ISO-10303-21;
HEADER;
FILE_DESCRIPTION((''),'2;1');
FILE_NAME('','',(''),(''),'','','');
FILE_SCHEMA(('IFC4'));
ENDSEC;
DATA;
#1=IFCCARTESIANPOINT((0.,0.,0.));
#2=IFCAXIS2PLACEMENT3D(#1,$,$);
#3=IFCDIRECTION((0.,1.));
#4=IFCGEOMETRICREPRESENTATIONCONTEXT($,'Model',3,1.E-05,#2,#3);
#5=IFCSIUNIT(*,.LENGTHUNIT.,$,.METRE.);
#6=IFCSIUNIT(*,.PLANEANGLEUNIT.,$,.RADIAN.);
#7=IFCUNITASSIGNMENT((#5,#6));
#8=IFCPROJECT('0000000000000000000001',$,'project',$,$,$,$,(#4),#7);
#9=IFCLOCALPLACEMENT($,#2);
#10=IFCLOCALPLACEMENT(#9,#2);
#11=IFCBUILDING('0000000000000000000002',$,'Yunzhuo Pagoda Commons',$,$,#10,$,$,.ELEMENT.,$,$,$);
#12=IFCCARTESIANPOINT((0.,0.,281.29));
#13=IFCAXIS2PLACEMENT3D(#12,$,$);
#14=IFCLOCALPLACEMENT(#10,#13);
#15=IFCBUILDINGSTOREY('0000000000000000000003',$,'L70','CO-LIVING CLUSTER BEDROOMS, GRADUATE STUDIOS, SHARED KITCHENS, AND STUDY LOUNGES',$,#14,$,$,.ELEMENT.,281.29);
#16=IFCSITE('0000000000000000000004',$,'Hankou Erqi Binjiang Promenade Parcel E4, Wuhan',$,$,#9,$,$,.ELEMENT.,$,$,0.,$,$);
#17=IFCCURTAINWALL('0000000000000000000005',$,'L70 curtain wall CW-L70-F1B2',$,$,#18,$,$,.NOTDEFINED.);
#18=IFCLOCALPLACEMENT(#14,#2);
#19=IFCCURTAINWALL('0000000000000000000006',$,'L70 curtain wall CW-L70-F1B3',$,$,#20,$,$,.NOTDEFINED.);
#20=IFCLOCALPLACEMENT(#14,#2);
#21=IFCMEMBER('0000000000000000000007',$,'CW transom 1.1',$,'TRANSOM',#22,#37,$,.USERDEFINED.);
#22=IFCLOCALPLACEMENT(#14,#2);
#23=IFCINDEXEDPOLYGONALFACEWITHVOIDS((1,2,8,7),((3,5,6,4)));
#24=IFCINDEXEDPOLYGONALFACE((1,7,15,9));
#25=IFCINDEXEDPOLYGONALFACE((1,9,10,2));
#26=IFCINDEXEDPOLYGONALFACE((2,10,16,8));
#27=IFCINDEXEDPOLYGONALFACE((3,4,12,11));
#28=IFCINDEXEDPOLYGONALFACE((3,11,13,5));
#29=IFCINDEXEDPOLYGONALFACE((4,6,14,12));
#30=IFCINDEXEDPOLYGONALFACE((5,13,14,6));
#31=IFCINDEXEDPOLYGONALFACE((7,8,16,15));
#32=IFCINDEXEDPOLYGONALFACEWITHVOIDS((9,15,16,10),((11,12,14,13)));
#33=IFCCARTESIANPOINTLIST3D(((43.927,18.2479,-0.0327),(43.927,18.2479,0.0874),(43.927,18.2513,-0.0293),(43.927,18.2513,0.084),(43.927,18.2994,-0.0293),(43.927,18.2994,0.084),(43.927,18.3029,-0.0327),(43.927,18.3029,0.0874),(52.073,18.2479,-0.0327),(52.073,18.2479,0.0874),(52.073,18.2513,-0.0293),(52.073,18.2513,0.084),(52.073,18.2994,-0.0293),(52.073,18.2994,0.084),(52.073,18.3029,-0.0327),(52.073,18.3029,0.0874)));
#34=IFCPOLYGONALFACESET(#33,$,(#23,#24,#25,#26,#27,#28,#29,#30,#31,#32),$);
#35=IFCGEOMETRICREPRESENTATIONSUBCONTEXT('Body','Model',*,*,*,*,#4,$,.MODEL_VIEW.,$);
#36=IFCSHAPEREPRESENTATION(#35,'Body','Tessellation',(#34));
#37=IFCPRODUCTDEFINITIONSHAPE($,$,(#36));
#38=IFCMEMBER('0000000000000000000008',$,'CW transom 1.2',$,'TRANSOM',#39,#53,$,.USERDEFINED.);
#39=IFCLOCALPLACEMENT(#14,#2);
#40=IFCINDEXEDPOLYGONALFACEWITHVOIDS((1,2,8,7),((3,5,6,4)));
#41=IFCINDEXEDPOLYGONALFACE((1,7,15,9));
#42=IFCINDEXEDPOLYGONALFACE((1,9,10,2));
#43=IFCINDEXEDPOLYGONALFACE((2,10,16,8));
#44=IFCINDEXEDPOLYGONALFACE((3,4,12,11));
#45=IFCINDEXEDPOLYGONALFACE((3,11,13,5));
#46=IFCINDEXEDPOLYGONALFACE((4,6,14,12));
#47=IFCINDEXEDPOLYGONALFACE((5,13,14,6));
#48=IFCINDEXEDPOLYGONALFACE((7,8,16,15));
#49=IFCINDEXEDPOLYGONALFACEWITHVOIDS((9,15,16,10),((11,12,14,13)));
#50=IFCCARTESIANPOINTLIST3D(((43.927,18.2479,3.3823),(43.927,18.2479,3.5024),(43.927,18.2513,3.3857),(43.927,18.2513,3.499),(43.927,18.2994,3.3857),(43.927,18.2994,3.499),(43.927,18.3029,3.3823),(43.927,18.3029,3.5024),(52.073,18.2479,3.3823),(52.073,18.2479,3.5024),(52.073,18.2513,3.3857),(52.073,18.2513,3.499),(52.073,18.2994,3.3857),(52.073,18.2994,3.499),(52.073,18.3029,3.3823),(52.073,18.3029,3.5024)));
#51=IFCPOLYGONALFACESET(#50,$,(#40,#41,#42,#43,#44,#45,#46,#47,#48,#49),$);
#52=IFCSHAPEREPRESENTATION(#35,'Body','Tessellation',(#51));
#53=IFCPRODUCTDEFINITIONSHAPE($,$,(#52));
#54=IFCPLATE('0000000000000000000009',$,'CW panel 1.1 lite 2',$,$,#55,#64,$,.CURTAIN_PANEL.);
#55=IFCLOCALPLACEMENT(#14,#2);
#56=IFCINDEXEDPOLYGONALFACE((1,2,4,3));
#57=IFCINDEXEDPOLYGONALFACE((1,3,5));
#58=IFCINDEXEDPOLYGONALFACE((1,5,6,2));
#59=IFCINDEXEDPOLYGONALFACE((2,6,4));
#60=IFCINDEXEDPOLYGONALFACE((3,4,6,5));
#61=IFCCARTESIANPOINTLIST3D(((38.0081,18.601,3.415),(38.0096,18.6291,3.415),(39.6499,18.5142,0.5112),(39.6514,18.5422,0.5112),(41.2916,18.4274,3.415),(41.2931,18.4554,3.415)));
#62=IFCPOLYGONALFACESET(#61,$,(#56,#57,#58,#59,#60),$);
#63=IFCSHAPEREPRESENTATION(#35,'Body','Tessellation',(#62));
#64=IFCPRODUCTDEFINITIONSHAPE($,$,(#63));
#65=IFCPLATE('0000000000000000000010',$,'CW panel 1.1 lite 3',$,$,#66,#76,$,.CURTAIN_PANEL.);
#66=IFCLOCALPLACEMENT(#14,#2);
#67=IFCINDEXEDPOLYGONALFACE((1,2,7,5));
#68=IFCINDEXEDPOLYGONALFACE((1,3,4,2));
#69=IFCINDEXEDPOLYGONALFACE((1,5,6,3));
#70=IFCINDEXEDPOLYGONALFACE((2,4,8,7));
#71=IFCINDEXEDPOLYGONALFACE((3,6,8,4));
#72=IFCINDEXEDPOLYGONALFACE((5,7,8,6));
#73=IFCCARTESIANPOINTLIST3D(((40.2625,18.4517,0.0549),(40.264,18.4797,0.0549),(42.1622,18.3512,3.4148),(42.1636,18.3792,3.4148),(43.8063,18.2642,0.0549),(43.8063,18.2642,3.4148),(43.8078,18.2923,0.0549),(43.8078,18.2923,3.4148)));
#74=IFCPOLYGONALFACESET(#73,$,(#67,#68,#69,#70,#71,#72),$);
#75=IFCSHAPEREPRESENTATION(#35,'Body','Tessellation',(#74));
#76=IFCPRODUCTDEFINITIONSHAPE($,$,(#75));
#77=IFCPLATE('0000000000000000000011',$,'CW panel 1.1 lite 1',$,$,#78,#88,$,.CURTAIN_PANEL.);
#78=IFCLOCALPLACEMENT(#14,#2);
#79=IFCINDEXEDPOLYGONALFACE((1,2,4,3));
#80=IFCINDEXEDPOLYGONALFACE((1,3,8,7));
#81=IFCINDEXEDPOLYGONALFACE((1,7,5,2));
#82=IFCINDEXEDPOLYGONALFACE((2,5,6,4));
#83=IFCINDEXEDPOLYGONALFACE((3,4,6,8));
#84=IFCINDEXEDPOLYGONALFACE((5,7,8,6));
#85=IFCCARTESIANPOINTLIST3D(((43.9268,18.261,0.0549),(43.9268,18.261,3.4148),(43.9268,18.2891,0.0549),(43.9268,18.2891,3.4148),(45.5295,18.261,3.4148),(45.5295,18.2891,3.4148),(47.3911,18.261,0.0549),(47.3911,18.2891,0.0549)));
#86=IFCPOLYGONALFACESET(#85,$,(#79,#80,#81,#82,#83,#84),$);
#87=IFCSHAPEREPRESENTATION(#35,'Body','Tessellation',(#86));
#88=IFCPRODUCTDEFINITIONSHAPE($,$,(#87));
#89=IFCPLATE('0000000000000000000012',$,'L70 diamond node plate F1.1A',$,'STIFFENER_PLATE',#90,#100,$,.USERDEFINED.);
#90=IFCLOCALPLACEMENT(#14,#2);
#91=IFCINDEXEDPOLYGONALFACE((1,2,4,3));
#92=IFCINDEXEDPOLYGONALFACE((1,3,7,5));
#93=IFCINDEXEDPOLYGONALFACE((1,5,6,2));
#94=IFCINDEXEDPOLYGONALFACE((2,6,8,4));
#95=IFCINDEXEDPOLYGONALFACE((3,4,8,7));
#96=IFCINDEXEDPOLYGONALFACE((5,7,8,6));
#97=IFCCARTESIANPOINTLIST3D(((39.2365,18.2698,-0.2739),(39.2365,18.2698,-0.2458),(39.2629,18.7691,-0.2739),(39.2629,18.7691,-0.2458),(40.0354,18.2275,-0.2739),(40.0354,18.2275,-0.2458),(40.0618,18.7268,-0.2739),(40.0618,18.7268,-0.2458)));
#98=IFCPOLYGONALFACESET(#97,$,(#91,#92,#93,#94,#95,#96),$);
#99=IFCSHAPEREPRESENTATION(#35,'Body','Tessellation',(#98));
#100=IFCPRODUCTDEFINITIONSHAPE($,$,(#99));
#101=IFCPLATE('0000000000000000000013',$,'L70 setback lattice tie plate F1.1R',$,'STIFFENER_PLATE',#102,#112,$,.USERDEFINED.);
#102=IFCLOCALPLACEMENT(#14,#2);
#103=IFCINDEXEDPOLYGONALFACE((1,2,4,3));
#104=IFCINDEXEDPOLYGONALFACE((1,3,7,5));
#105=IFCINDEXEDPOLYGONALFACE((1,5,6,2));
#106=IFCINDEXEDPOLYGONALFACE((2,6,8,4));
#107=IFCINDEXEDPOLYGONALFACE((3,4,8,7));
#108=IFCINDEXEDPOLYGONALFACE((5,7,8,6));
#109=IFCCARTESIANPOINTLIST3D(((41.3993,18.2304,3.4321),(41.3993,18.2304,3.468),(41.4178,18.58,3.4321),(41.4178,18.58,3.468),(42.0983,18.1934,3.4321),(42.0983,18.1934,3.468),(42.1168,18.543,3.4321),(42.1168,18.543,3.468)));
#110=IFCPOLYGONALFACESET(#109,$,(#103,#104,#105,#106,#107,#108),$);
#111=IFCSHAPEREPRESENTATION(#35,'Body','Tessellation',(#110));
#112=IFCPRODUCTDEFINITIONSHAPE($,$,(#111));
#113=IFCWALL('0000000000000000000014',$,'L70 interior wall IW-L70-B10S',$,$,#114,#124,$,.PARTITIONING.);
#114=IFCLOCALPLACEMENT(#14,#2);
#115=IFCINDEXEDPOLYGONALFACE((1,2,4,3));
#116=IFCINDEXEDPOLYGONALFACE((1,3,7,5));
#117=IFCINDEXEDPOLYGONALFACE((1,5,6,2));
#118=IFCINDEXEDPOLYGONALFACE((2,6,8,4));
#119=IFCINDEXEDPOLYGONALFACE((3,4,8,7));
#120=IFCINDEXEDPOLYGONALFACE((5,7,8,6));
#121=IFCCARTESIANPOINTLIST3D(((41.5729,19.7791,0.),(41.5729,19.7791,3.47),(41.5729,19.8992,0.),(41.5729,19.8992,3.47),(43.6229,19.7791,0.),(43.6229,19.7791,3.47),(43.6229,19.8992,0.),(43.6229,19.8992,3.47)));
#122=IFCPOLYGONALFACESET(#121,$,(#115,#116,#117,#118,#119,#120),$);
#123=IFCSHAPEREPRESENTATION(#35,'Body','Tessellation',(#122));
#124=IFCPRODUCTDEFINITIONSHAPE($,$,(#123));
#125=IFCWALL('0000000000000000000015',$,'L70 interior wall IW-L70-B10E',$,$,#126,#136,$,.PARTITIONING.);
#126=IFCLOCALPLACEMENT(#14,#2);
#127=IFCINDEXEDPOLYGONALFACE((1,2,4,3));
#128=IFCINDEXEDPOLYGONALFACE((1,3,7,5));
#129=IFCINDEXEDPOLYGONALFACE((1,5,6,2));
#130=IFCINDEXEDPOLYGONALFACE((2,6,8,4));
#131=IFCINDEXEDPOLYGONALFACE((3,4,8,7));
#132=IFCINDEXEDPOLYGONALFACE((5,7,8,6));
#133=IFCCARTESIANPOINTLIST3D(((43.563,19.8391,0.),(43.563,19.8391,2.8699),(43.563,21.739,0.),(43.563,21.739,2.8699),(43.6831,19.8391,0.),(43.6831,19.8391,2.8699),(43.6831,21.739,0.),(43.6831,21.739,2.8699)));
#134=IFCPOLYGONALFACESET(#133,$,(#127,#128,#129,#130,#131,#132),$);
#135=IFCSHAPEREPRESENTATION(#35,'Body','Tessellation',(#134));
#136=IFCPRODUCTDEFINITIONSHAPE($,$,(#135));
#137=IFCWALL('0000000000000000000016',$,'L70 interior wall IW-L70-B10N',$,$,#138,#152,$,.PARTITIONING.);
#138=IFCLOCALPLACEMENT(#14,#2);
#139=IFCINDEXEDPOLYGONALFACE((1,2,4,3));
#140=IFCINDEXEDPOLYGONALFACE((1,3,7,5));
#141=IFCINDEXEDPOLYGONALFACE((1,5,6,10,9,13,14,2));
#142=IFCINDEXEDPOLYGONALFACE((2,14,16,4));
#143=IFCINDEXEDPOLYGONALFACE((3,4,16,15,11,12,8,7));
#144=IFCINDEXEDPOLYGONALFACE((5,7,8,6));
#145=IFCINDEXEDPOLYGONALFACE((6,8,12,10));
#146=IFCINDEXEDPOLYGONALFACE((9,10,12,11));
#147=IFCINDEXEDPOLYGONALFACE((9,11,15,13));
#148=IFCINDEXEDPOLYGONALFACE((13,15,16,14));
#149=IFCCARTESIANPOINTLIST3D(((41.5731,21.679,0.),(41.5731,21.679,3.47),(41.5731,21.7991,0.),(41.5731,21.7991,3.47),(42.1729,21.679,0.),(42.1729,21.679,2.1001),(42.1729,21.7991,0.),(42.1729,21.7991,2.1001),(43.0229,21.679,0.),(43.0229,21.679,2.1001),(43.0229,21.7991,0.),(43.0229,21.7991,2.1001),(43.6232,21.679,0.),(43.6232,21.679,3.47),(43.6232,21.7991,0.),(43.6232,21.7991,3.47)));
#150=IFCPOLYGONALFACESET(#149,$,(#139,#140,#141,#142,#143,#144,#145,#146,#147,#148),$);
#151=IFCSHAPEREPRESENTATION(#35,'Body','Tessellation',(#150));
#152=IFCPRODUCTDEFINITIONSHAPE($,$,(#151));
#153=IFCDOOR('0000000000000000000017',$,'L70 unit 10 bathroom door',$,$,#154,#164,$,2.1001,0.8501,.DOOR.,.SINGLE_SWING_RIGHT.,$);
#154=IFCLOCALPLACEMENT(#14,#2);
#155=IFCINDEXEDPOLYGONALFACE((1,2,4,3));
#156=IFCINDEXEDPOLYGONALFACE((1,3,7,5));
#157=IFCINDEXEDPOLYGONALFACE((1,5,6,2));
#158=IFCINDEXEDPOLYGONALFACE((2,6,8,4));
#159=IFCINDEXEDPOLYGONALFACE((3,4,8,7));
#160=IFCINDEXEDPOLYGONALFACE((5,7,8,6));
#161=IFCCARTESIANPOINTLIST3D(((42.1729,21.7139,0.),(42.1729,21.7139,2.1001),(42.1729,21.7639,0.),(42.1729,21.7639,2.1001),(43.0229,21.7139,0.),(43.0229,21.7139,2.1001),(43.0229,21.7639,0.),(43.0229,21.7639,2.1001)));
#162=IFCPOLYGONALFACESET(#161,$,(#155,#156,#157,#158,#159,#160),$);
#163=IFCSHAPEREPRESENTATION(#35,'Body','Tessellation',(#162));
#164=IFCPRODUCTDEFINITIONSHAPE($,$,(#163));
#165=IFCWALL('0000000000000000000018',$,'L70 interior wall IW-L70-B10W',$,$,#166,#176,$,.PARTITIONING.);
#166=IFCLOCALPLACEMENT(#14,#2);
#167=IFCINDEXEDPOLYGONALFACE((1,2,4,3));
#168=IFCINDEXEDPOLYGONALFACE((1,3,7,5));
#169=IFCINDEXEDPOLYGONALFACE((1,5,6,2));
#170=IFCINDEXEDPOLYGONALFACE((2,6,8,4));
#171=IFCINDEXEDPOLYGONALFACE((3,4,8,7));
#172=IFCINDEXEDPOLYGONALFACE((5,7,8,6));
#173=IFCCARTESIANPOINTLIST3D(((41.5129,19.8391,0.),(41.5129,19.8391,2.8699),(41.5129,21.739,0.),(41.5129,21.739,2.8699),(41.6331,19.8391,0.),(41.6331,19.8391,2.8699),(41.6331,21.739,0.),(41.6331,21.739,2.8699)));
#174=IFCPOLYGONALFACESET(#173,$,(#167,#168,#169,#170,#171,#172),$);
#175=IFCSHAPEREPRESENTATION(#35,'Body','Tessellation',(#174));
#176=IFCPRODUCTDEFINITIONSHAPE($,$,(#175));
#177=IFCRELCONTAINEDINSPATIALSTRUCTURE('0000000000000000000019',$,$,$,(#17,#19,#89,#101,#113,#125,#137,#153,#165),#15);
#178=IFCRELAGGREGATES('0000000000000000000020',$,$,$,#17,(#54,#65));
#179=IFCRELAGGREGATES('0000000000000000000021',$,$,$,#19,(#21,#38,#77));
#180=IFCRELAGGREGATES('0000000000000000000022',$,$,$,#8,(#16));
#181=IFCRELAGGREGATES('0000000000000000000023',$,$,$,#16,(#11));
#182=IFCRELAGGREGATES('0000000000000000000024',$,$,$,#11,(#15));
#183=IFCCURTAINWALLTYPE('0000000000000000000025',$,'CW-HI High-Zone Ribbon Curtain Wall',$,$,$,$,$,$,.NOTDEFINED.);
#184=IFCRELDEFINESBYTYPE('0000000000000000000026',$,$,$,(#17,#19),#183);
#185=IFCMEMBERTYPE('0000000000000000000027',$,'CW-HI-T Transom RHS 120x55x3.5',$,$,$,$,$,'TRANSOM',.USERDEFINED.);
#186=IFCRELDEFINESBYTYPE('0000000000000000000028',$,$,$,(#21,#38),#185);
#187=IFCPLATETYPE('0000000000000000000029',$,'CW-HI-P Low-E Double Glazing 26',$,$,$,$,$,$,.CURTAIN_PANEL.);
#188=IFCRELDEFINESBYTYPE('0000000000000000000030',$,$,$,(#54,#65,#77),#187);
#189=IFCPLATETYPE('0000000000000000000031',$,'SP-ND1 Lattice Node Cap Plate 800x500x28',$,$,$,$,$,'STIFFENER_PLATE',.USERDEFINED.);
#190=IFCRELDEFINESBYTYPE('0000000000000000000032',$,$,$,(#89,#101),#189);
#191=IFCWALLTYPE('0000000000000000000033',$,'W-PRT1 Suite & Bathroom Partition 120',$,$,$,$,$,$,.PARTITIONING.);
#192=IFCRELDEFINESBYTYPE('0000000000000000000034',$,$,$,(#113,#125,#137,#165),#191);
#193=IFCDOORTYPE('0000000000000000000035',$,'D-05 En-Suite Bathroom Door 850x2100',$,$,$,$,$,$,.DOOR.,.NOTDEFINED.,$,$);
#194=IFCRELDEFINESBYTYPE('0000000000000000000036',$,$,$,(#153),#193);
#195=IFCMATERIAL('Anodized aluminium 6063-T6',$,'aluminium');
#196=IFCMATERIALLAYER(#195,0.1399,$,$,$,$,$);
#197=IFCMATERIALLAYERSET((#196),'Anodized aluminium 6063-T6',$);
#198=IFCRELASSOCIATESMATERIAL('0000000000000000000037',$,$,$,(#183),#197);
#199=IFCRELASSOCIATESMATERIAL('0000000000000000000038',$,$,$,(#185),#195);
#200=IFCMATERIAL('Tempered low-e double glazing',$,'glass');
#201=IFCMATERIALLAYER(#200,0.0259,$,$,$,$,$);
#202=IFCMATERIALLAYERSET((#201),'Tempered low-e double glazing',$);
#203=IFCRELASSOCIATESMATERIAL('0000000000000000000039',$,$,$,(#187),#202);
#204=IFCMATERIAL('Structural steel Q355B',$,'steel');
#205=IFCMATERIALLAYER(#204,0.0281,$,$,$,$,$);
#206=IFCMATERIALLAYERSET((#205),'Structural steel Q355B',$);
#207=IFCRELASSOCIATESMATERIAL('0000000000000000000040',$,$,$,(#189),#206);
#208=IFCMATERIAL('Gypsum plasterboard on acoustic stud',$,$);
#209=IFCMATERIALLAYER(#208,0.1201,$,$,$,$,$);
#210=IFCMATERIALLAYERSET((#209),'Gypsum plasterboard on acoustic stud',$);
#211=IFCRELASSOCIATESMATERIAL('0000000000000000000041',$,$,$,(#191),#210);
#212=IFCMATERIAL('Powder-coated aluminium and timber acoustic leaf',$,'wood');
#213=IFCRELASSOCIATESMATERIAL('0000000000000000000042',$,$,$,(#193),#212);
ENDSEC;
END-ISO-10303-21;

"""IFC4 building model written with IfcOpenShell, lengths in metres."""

from ifc_helpers import new_model, si_unit, direction, frame, frame_2d, origin, origin_2d, place, context, subcontext, project, spatial, polyline, rectangle, hollow_rectangle, outline, extrude, source, transform, mapped, material, layer, layer_set, material_profile, profile_set, type_object, element, fill, aggregate, save


model = new_model("IFC4")

# Units and contexts
model_context = context("Model", 3, precision=1e-05, world=origin(), true_north=direction((0.0, 1.0)))
body_context = subcontext(model_context, "Body", "Model", "MODEL_VIEW")
ifc_project = project(units=[si_unit("LENGTHUNIT", "METRE"), si_unit("PLANEANGLEUNIT", "RADIAN")], contexts=[model_context])

# Site, building, storey
site_placement = place(None, origin())
site = spatial("IfcSite", under=ifc_project, at=site_placement, Name="Hankou Erqi Binjiang Promenade Parcel E4, Wuhan", CompositionType="ELEMENT", RefElevation=0.0)
building_placement = place(site_placement, origin())
building = spatial("IfcBuilding", under=site, at=building_placement, Name="Yunzhuo Pagoda Commons", CompositionType="ELEMENT")
storey_placement = place(building_placement, frame((0.0, 0.0, 281.29)))
storey = spatial("IfcBuildingStorey", under=building, at=storey_placement, Name="L70", Description="CO-LIVING CLUSTER BEDROOMS, GRADUATE STUDIOS, SHARED KITCHENS, AND STUDY LOUNGES", CompositionType="ELEMENT", Elevation=281.29)

# Shared definitions
ifc_material_1 = material(Name="Structural steel Q355B", Category="steel")

# Curtain wall
ifc_material_2 = material(Name="Anodized aluminium 6063-T6", Category="aluminium")
ifc_layer_1 = layer(ifc_material_2, 0.1399)
ifc_layer_set_1 = layer_set([ifc_layer_1], Name="Anodized aluminium 6063-T6")
curtain_wall_type = type_object("IfcCurtainWallType", Name="CW-HI High-Zone Ribbon Curtain Wall", PredefinedType="NOTDEFINED", material=ifc_layer_set_1)
curtain_wall_1_placement = place(storey_placement, origin())
curtain_wall_1 = element("IfcCurtainWall", 1, at=curtain_wall_1_placement, inside=storey, type_object=curtain_wall_type, Name="L70 curtain wall CW-L70-F1B2", PredefinedType="NOTDEFINED")

# Curtain wall, members
curtain_wall_2_placement = place(storey_placement, origin())
curtain_wall_2 = element("IfcCurtainWall", 2, at=curtain_wall_2_placement, inside=storey, type_object=curtain_wall_type, Name="L70 curtain wall CW-L70-F1B3", PredefinedType="NOTDEFINED")
ifc_material_profile_1 = material_profile(ifc_material_2, hollow_rectangle(XDim=0.0549, YDim=0.1201, WallThickness=0.0034, at=origin_2d()), Name="Anodized aluminium 6063-T6")
ifc_profile_set_1 = profile_set([ifc_material_profile_1], Name="Anodized aluminium 6063-T6")
member_type_1 = type_object("IfcMemberType", Name="CW-HI-T Transom RHS 120x55x3.5", ElementType="TRANSOM", PredefinedType="USERDEFINED", material=ifc_profile_set_1)
shared_shape_1 = source(origin(), body_context, "Body", "SweptSolid", [
    extrude(hollow_rectangle(XDim=0.0549, YDim=0.1201, WallThickness=0.0034, at=origin_2d()), origin(), (0.0, 0.0, 1.0), 8.146),
])
member_1_placement = place(storey_placement, frame((43.927, 18.2754, 0.0273), z_axis=(1.0, 0.0, 0.0), x_axis=(0.0, 1.0, 0.0)))
member_1 = element("IfcMember", 3, at=member_1_placement, type_object=member_type_1, Name="CW transom 1.1", ObjectType="TRANSOM", PredefinedType="USERDEFINED", context=body_context, shape_type="MappedRepresentation", body=[
    mapped(shared_shape_1, transform((0.0, 0.0, 0.0), scale=1.0)),
])
member_2_placement = place(storey_placement, frame((43.927, 18.2754, 3.4424), z_axis=(1.0, 0.0, 0.0), x_axis=(0.0, 1.0, 0.0)))
member_2 = element("IfcMember", 4, at=member_2_placement, type_object=member_type_1, Name="CW transom 1.2", ObjectType="TRANSOM", PredefinedType="USERDEFINED", context=body_context, shape_type="MappedRepresentation", body=[
    mapped(shared_shape_1, transform((0.0, 0.0, 0.0), scale=1.0)),
])

# Plates
ifc_material_3 = material(Name="Tempered low-e double glazing", Category="glass")
ifc_layer_2 = layer(ifc_material_3, 0.0259)
ifc_layer_set_2 = layer_set([ifc_layer_2], Name="Tempered low-e double glazing")
plate_type_1 = type_object("IfcPlateType", Name="CW-HI-P Low-E Double Glazing 26", PredefinedType="CURTAIN_PANEL", material=ifc_layer_set_2)
plate_1_placement = place(storey_placement, frame((39.6514, 18.5422, 1.9631), z_axis=(-0.052822, -0.998604, 0.0), x_axis=(0.998604, -0.052822, 0.0)))
plate_1 = element("IfcPlate", 5, at=plate_1_placement, type_object=plate_type_1, Name="CW panel 1.1 lite 2", PredefinedType="CURTAIN_PANEL", context=body_context, shape_type="SweptSolid", body=[
    extrude(outline(polyline([(-1.644, 1.4519), (0.0, -1.4519), (1.644, 1.4519), (-1.644, 1.4519)])), origin(), (0.0, 0.0, 1.0), 0.0281),
])
plate_2_placement = place(storey_placement, frame((42.0359, 18.386, 1.7349), z_axis=(-0.052822, -0.998604, 0.0), x_axis=(0.998604, -0.052822, 0.0)))
plate_2 = element("IfcPlate", 6, at=plate_2_placement, type_object=plate_type_1, Name="CW panel 1.1 lite 3", PredefinedType="CURTAIN_PANEL", context=body_context, shape_type="SweptSolid", body=[
    extrude(outline(polyline([(-1.7744, -1.6799), (1.7744, -1.6799), (1.7744, 1.6799), (0.1279, 1.6799), (-1.7744, -1.6799)])), origin(), (0.0, 0.0, 1.0), 0.0281),
])
aggregate(curtain_wall_1, [plate_1, plate_2])
plate_3_placement = place(storey_placement, frame((45.6589, 18.2891, 1.7349), z_axis=(0.0, -1.0, 0.0), x_axis=(1.0, 0.0, 0.0)))
plate_3 = element("IfcPlate", 7, at=plate_3_placement, type_object=plate_type_1, Name="CW panel 1.1 lite 1", PredefinedType="CURTAIN_PANEL", context=body_context, shape_type="SweptSolid", body=[
    extrude(outline(polyline([(-1.7322, -1.6799), (1.7322, -1.6799), (-0.1294, 1.6799), (-1.7322, 1.6799), (-1.7322, -1.6799)])), origin(), (0.0, 0.0, 1.0), 0.0281),
])
aggregate(curtain_wall_2, [member_1, member_2, plate_3])

# Plates
ifc_layer_3 = layer(ifc_material_1, 0.0281)
ifc_layer_set_3 = layer_set([ifc_layer_3], Name="Structural steel Q355B")
plate_type_2 = type_object("IfcPlateType", Name="SP-ND1 Lattice Node Cap Plate 800x500x28", ElementType="STIFFENER_PLATE", PredefinedType="USERDEFINED", material=ifc_layer_set_3)
shared_shape_2 = source(origin(), body_context, "Body", "SweptSolid", [
    extrude(rectangle(XDim=0.8, YDim=0.5, at=origin_2d()), origin(), (0.0, 0.0, 1.0), 0.0281),
])
plate_4_placement = place(storey_placement, frame((39.6492, 18.4983, -0.2739), z_axis=(0.0, 0.0, 1.0), x_axis=(0.998604, -0.052824, 0.0)))
element("IfcPlate", 8, at=plate_4_placement, inside=storey, type_object=plate_type_2, Name="L70 diamond node plate F1.1A", ObjectType="STIFFENER_PLATE", PredefinedType="USERDEFINED", context=body_context, shape_type="MappedRepresentation", body=[
    mapped(shared_shape_2, transform((0.0, 0.0, 0.0), scale=1.0)),
])
shared_shape_3 = source(origin(), body_context, "Body", "SweptSolid", [
    extrude(rectangle(XDim=0.7, YDim=0.3501, at=origin_2d()), origin(), (0.0, 0.0, 1.0), 0.0359),
])
plate_5_placement = place(storey_placement, frame((41.7581, 18.3867, 3.4321), z_axis=(0.0, 0.0, 1.0), x_axis=(0.998604, -0.052824, 0.0)))
element("IfcPlate", 9, at=plate_5_placement, inside=storey, type_object=plate_type_2, Name="L70 setback lattice tie plate F1.1R", ObjectType="STIFFENER_PLATE", PredefinedType="USERDEFINED", context=body_context, shape_type="MappedRepresentation", body=[
    mapped(shared_shape_3, transform((0.0, 0.0, 0.0), scale=1.0)),
])

# Walls
ifc_material_4 = material(Name="Gypsum plasterboard on acoustic stud")
ifc_layer_4 = layer(ifc_material_4, 0.1201)
ifc_layer_set_4 = layer_set([ifc_layer_4], Name="Gypsum plasterboard on acoustic stud")
wall_type = type_object("IfcWallType", Name="W-PRT1 Suite & Bathroom Partition 120", PredefinedType="PARTITIONING", material=ifc_layer_set_4)
wall_1_placement = place(storey_placement, frame((41.573, 19.8391, 0.0), z_axis=(0.0, 0.0, 1.0), x_axis=(1.0, 0.0, 0.0)))
element("IfcWall", 10, at=wall_1_placement, inside=storey, type_object=wall_type, Name="L70 interior wall IW-L70-B10S", PredefinedType="PARTITIONING", context=body_context, shape_type="SweptSolid", body=[
    extrude(rectangle(XDim=2.05, YDim=0.1201, at=frame_2d((1.0249, 0.0))), origin(), (0.0, 0.0, 1.0), 3.47),
])
wall_2_placement = place(storey_placement, frame((43.623, 19.8391, 0.0), z_axis=(0.0, 0.0, 1.0), x_axis=(0.0, 1.0, 0.0)))
element("IfcWall", 11, at=wall_2_placement, inside=storey, type_object=wall_type, Name="L70 interior wall IW-L70-B10E", PredefinedType="PARTITIONING", context=body_context, shape_type="SweptSolid", body=[
    extrude(rectangle(XDim=1.8999, YDim=0.1201, at=frame_2d((0.95, 0.0))), origin(), (0.0, 0.0, 1.0), 2.8699),
])

# Wall, opening, door
wall_3_placement = place(storey_placement, frame((43.623, 21.739, 0.0), z_axis=(0.0, 0.0, 1.0), x_axis=(-1.0, 0.0, 0.0)))
wall_3 = element("IfcWall", 12, at=wall_3_placement, inside=storey, type_object=wall_type, Name="L70 interior wall IW-L70-B10N", PredefinedType="PARTITIONING", context=body_context, shape_type="SweptSolid", body=[
    extrude(rectangle(XDim=2.05, YDim=0.1201, at=frame_2d((1.0249, 0.0))), origin(), (0.0, 0.0, 1.0), 3.47),
])
opening_1_placement = place(wall_3_placement, frame((0.6001, 0.0, 0.0)))
opening_1 = element("IfcOpeningElement", 13, at=opening_1_placement, cuts=wall_3, PredefinedType="OPENING", context=body_context, shape_type="SweptSolid", body=[
    extrude(rectangle(XDim=0.8501, YDim=2.1001, at=frame_2d((0.425, 1.05))), frame((0.0, 0.0701, 0.0), z_axis=(0.0, -1.0, 0.0), x_axis=(1.0, 0.0, 0.0)), (0.0, 0.0, 1.0), 0.1401),
])
ifc_material_5 = material(Name="Powder-coated aluminium and timber acoustic leaf", Category="wood")
door_type = type_object("IfcDoorType", Name="D-05 En-Suite Bathroom Door 850x2100", OperationType="NOTDEFINED", PredefinedType="DOOR", material=ifc_material_5)
shared_shape_4 = source(origin(), body_context, "Body", "SweptSolid", [
    extrude(rectangle(XDim=0.8501, YDim=2.1001, at=frame_2d((0.425, 1.05))), frame((0.0, 0.0249, 0.0), z_axis=(0.0, -1.0, 0.0), x_axis=(1.0, 0.0, 0.0)), (0.0, 0.0, 1.0), 0.05),
])
door_1_placement = place(opening_1_placement, frame((0.8501, 0.0, 0.0), z_axis=(0.0, 0.0, 1.0), x_axis=(-1.0, 0.0, 0.0)))
door_1 = element("IfcDoor", 14, at=door_1_placement, inside=storey, type_object=door_type, Name="L70 unit 10 bathroom door", OperationType="SINGLE_SWING_RIGHT", OverallHeight=2.1001, OverallWidth=0.8501, PredefinedType="DOOR", context=body_context, shape_type="MappedRepresentation", body=[
    mapped(shared_shape_4, transform((0.0, 0.0, 0.0), scale=1.0)),
])
fill(opening_1, door_1)

# Wall
wall_4_placement = place(storey_placement, frame((41.573, 21.739, 0.0), z_axis=(0.0, 0.0, 1.0), x_axis=(0.0, -1.0, 0.0)))
element("IfcWall", 15, at=wall_4_placement, inside=storey, type_object=wall_type, Name="L70 interior wall IW-L70-B10W", PredefinedType="PARTITIONING", context=body_context, shape_type="SweptSolid", body=[
    extrude(rectangle(XDim=1.8999, YDim=0.1201, at=frame_2d((0.95, 0.0))), origin(), (0.0, 0.0, 1.0), 2.8699),
])

save(model, "model.ifc")
